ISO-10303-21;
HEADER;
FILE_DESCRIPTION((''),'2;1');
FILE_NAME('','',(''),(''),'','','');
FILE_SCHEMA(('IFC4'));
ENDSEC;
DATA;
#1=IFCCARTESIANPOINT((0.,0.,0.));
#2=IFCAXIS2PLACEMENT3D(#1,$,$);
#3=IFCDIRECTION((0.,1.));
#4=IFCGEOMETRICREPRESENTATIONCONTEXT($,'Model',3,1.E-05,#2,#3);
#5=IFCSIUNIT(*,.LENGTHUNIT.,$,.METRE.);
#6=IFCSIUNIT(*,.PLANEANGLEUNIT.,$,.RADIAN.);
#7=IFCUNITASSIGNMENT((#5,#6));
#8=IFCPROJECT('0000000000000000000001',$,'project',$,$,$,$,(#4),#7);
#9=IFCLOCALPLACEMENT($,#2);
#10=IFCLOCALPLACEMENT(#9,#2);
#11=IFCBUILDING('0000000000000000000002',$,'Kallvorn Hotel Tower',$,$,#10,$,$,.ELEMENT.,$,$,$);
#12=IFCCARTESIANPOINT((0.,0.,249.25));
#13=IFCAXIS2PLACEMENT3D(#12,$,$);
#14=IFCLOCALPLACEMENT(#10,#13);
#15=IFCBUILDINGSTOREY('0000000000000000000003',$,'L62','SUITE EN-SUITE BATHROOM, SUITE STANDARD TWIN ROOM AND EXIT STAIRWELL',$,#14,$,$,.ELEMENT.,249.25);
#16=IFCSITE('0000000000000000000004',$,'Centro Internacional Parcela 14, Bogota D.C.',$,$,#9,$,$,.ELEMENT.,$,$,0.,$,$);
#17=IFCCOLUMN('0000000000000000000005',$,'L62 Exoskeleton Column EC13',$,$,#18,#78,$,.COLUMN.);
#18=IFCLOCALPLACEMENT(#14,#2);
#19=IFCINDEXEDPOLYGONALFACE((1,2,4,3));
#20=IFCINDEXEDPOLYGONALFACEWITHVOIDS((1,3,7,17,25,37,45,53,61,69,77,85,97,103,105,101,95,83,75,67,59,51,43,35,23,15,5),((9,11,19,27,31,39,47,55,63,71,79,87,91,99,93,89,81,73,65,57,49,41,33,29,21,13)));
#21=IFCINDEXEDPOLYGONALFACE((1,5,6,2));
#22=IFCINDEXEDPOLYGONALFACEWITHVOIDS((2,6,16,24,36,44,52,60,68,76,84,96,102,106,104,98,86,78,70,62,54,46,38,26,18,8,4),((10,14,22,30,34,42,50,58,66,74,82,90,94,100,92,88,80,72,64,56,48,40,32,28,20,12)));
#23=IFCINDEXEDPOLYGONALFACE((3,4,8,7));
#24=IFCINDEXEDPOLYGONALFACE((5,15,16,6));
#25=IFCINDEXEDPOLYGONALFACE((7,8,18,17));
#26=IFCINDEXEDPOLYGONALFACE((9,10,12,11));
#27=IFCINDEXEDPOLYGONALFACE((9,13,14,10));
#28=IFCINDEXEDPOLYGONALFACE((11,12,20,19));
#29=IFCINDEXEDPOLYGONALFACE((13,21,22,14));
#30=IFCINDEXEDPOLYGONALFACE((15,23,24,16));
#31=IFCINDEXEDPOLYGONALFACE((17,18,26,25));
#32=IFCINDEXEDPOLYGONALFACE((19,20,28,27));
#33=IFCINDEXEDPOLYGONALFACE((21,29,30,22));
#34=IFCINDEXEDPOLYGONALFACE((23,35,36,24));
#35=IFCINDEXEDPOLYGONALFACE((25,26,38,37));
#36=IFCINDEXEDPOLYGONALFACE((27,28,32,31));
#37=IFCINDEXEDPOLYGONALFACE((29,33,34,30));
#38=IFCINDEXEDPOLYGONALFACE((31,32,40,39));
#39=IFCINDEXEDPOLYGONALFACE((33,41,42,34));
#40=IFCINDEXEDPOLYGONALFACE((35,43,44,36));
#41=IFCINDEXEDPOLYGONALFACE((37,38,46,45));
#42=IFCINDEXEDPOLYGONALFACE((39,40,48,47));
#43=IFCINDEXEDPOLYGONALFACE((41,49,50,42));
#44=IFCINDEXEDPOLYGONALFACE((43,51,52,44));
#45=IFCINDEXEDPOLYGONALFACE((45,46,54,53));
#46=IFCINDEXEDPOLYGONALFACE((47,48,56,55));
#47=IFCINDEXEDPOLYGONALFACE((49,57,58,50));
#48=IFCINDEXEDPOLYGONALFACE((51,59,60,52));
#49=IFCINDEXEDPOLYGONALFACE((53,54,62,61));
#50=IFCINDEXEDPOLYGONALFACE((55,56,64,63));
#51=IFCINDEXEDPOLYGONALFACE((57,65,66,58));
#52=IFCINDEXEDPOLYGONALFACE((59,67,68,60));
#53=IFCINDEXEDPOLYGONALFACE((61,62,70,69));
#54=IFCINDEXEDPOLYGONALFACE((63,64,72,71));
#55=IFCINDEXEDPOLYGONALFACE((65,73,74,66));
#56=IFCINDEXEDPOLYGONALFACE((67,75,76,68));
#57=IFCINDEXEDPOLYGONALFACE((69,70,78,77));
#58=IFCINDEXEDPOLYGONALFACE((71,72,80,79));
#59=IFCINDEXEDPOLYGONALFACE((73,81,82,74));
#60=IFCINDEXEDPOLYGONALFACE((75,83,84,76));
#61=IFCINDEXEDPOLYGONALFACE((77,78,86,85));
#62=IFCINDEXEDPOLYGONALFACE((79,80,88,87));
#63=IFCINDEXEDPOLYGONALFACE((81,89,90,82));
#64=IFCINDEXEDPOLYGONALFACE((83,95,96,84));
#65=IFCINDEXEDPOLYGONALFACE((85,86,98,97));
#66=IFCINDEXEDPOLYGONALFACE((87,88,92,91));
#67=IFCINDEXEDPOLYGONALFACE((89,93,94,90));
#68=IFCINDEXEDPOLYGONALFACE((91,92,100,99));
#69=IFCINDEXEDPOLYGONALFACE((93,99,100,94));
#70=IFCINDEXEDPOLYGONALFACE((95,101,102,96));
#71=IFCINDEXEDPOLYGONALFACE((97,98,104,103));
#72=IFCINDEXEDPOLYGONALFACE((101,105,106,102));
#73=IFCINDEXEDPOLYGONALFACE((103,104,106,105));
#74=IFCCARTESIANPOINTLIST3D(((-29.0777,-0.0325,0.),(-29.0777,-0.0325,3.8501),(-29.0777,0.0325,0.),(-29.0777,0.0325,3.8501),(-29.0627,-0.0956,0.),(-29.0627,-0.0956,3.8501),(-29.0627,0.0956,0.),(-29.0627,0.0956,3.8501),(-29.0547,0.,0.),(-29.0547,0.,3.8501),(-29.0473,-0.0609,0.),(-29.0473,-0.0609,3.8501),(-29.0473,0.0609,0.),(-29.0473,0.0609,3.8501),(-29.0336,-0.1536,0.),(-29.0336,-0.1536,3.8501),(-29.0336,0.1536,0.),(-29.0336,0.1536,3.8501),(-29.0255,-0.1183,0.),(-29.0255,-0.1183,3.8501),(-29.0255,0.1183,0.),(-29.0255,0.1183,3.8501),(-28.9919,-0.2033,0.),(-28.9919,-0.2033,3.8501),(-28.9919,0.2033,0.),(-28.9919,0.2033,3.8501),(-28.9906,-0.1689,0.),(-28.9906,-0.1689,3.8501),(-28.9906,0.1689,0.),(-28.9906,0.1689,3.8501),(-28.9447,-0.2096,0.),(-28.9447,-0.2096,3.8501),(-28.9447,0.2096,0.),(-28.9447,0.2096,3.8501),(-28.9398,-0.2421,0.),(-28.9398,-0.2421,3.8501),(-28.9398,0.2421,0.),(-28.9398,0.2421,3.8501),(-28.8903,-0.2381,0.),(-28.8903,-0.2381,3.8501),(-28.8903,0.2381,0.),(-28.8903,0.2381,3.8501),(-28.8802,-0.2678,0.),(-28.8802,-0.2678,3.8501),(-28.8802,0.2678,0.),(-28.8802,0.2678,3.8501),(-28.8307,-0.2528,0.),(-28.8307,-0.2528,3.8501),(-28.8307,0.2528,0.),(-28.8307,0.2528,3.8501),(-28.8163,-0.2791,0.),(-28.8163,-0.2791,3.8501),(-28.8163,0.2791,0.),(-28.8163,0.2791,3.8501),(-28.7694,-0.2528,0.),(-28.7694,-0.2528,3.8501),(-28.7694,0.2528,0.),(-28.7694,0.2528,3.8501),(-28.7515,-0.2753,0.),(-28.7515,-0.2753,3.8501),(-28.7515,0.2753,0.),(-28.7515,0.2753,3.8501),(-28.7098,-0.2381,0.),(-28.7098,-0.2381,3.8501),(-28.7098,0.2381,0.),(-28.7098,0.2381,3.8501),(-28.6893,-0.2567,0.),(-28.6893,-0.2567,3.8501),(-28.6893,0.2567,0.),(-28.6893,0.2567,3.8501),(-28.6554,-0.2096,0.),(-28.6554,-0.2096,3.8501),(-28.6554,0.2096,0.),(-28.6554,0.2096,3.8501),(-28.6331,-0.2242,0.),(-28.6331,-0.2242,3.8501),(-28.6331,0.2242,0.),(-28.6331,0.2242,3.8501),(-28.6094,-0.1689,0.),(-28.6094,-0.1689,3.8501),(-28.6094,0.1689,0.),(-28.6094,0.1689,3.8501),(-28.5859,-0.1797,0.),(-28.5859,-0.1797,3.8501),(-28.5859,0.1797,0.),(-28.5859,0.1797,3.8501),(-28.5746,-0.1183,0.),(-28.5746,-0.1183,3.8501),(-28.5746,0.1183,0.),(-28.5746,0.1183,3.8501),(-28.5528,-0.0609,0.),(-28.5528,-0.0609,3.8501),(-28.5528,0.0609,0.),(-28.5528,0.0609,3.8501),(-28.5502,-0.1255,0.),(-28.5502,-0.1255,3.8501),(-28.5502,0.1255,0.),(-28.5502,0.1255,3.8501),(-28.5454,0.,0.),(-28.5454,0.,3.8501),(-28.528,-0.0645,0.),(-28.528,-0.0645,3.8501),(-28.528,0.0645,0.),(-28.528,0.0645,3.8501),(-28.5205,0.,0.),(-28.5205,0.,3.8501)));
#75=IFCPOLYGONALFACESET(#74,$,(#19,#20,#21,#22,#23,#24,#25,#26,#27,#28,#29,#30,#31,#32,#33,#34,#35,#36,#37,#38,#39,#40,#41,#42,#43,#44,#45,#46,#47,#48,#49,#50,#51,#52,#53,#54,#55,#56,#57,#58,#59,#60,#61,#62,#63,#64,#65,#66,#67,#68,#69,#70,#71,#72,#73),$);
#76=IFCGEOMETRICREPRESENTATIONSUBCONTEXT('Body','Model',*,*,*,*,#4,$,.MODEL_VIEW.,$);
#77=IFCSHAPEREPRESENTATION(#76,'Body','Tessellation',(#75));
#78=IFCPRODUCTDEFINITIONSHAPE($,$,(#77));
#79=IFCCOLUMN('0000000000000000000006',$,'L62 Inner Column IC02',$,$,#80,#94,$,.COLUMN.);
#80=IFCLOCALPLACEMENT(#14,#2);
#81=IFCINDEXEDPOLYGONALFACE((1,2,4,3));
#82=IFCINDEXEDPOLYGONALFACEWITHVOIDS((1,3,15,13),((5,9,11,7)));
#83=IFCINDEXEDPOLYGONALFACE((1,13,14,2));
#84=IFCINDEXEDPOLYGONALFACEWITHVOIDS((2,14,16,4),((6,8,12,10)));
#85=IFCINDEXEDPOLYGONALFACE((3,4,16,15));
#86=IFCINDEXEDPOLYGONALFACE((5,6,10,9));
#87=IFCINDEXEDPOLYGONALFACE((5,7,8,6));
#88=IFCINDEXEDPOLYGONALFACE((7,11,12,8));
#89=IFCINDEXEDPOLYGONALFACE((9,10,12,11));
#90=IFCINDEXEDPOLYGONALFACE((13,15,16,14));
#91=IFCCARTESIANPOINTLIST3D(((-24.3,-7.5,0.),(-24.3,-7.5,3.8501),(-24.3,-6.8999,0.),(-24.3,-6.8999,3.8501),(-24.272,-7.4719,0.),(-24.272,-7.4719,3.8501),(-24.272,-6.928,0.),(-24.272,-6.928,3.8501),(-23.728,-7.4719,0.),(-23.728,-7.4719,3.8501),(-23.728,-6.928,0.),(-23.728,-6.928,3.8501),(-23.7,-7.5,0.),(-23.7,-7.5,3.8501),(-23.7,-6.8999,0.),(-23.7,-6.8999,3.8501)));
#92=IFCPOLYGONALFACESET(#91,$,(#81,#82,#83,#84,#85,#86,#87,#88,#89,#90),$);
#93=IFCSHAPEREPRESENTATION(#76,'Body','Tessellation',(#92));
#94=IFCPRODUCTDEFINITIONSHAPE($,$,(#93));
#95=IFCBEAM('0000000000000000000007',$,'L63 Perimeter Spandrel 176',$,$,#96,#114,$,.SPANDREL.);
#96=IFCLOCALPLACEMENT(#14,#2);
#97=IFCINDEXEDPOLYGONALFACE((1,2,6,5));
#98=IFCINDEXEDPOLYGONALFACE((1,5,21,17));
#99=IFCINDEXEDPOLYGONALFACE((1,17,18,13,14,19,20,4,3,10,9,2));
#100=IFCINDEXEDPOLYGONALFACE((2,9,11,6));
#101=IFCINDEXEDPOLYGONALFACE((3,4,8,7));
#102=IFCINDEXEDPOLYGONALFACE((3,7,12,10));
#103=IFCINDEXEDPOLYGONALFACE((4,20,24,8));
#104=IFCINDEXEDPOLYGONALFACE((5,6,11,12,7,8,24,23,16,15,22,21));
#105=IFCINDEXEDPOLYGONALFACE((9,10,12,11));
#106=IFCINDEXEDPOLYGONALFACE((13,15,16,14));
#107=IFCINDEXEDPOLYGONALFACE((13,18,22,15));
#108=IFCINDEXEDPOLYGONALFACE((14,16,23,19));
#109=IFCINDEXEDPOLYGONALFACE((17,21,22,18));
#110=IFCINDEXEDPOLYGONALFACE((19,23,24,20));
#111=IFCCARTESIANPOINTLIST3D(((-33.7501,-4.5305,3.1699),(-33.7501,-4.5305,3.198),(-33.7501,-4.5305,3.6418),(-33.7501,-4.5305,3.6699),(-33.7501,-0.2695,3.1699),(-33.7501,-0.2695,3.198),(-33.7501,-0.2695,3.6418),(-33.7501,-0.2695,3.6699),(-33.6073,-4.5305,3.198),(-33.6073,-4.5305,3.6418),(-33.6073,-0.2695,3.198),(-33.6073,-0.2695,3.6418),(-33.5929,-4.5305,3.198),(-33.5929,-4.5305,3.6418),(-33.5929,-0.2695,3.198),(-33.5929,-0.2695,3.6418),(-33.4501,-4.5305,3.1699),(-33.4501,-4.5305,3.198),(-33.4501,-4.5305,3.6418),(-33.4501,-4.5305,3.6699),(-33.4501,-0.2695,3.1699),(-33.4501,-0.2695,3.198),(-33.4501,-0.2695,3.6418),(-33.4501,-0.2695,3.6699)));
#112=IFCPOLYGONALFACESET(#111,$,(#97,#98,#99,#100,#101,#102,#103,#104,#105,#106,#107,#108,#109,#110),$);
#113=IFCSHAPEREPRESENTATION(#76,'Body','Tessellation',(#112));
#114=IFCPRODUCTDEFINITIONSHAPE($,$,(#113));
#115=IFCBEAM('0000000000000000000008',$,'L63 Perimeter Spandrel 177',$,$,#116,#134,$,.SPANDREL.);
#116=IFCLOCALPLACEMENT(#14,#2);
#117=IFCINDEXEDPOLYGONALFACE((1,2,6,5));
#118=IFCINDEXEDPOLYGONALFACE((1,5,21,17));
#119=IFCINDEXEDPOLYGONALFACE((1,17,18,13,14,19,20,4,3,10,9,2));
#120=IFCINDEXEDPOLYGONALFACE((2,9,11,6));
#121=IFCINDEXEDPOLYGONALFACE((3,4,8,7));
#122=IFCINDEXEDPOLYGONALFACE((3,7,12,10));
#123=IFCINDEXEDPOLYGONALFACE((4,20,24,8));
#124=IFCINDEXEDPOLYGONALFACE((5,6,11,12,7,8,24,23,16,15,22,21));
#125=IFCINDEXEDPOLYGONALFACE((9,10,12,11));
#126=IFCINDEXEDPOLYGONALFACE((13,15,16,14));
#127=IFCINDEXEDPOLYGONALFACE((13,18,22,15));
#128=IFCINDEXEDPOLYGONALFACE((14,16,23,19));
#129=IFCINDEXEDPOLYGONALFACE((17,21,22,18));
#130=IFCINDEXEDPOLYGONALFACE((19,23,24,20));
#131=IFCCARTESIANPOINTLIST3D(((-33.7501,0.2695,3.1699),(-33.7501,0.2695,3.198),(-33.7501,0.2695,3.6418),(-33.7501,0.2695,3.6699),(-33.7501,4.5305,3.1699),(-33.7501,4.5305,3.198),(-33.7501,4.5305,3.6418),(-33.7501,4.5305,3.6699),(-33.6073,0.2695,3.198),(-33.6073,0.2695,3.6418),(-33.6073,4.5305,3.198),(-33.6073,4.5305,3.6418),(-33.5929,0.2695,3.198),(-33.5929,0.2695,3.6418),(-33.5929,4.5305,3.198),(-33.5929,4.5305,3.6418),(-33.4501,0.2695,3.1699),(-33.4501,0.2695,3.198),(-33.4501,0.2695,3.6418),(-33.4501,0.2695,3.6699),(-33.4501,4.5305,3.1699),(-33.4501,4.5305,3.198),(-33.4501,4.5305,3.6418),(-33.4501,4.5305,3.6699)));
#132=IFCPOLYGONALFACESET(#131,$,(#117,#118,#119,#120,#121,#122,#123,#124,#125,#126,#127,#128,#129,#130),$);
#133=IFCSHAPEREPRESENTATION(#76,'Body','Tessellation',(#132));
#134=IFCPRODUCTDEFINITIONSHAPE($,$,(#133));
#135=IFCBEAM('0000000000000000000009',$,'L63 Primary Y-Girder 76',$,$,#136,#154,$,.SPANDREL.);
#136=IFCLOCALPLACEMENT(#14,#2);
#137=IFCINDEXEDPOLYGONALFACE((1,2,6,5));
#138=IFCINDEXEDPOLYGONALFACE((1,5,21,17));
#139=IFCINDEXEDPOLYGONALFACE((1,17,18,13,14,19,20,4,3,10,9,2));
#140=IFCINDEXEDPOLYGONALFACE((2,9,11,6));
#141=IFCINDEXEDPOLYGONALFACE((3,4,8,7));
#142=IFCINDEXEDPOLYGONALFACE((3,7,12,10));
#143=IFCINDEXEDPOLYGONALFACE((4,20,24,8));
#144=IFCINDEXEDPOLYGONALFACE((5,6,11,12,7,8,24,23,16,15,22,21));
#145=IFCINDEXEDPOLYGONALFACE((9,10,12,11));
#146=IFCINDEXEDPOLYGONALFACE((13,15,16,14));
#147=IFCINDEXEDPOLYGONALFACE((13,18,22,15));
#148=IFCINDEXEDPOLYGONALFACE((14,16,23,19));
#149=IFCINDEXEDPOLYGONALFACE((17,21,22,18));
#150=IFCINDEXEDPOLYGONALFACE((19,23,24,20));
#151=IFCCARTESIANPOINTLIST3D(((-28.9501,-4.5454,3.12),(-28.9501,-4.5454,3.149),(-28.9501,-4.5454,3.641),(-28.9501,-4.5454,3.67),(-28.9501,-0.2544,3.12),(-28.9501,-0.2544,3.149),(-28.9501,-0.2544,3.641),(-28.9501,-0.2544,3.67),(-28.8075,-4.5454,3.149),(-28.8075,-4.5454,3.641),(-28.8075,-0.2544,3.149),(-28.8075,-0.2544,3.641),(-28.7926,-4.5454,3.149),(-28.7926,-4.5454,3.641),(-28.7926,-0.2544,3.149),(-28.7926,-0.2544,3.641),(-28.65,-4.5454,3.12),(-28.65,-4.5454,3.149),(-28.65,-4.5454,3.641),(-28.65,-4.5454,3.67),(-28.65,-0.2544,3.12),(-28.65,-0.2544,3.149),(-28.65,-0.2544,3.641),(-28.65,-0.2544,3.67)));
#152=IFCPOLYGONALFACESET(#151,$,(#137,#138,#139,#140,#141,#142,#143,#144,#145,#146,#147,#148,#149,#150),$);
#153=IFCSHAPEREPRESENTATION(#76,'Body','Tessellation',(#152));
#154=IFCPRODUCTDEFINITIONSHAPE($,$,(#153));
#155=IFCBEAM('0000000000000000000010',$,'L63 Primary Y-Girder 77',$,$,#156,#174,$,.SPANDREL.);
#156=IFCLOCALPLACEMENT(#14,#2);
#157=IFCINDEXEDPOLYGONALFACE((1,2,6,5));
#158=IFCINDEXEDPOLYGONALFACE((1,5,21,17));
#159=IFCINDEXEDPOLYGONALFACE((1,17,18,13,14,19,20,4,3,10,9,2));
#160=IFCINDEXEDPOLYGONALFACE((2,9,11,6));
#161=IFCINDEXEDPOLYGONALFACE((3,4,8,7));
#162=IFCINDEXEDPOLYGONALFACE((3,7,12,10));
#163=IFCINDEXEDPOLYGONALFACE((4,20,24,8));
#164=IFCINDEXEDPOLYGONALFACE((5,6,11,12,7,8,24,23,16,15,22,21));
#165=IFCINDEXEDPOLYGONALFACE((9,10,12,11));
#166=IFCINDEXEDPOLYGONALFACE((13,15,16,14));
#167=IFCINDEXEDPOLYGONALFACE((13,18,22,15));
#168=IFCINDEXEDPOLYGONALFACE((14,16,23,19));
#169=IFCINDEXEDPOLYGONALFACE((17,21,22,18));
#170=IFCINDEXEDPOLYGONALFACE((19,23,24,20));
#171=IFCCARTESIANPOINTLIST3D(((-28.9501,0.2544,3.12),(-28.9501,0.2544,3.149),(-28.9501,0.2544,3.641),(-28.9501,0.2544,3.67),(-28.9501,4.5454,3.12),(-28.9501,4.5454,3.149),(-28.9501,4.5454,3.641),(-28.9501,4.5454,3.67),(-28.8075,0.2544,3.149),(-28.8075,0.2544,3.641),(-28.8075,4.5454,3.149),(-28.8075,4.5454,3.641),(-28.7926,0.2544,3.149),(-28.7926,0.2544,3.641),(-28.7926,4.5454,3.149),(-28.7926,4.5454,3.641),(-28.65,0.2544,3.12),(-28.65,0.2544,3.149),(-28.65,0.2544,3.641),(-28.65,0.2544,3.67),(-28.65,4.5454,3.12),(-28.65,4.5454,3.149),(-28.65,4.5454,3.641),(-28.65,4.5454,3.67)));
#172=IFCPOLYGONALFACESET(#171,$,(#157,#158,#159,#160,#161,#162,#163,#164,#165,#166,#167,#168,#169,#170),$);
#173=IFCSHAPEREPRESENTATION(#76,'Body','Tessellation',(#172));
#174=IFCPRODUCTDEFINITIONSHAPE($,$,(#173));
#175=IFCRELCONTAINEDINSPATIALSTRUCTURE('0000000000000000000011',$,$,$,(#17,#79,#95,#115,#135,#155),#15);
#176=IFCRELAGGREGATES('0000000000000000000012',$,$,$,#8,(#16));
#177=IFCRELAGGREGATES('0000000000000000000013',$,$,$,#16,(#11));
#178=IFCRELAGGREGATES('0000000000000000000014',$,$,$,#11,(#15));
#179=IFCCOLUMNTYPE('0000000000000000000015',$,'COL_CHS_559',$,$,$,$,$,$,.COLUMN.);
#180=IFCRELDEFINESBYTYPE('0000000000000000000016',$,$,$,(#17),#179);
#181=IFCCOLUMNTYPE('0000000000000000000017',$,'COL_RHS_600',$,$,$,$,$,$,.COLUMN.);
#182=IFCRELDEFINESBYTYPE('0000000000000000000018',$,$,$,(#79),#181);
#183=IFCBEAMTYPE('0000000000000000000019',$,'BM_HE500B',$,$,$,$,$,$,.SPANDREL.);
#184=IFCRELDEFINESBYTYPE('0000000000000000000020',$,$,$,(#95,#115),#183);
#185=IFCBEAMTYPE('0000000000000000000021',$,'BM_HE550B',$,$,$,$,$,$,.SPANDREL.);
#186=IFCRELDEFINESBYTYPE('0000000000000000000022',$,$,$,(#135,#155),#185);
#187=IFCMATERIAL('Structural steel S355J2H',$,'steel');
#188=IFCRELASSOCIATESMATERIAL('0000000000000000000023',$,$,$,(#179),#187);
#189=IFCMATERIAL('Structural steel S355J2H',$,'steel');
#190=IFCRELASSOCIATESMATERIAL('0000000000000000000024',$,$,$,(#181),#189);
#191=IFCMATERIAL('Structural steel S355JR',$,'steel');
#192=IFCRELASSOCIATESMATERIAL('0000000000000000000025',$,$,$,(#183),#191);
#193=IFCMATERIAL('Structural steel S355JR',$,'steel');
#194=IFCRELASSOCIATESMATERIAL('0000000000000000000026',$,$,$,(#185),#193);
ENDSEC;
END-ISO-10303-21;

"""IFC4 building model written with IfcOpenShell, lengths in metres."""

from ifc_helpers import new_model, si_unit, direction, frame, origin, origin_2d, place, context, subcontext, project, spatial, hollow_rectangle, hollow_circle, i_section, extrude, material, material_profile, profile_set, type_object, element, save


model = new_model("IFC4")

# Units and contexts
model_context = context("Model", 3, precision=1e-05, world=origin(), true_north=direction((0.0, 1.0)))
body_context = subcontext(model_context, "Body", "Model", "MODEL_VIEW")
ifc_project = project(units=[si_unit("LENGTHUNIT", "METRE"), si_unit("PLANEANGLEUNIT", "RADIAN")], contexts=[model_context])

# Site, building, storey
site_placement = place(None, origin())
site = spatial("IfcSite", under=ifc_project, at=site_placement, Name="Centro Internacional Parcela 14, Bogota D.C.", CompositionType="ELEMENT", RefElevation=0.0)
building_placement = place(site_placement, origin())
building = spatial("IfcBuilding", under=site, at=building_placement, Name="Kallvorn Hotel Tower", CompositionType="ELEMENT")
storey_placement = place(building_placement, frame((0.0, 0.0, 249.25)))
storey = spatial("IfcBuildingStorey", under=building, at=storey_placement, Name="L62", Description="SUITE EN-SUITE BATHROOM, SUITE STANDARD TWIN ROOM AND EXIT STAIRWELL", CompositionType="ELEMENT", Elevation=249.25)

# Columns
ifc_material_1 = material(Name="Structural steel S355J2H", Category="steel")
ifc_material_profile_1 = material_profile(ifc_material_1, hollow_circle(Radius=0.2795, WallThickness=0.0249, at=origin_2d()), Name="CHS 559x25")
ifc_profile_set_1 = profile_set([ifc_material_profile_1], Name="Structural steel S355J2H")
column_type_1 = type_object("IfcColumnType", Name="COL_CHS_559", PredefinedType="COLUMN", material=ifc_profile_set_1)
for number, where, z_axis, x_axis, name in (
    (1, (-28.8, 0.0, 0.0), (0.0, 0.0, 1.0), (1.0, 0.0, 0.0), "L62 Exoskeleton Column EC13"),
):
    element("IfcColumn", number, at=place(storey_placement, frame(where, z_axis=z_axis, x_axis=x_axis)), inside=storey, type_object=column_type_1, Name=name, PredefinedType="COLUMN", context=body_context, shape_type="SweptSolid", body=[
        extrude(hollow_circle(Radius=0.2795, WallThickness=0.0249, at=origin_2d()), origin(), (0.0, 0.0, 1.0), 3.8501),
    ])
ifc_material_2 = material(Name="Structural steel S355J2H", Category="steel")
ifc_material_profile_2 = material_profile(ifc_material_2, hollow_rectangle(XDim=0.6001, YDim=0.6001, WallThickness=0.0281, at=origin_2d()), Name="RHS 600x600x28")
ifc_profile_set_2 = profile_set([ifc_material_profile_2], Name="Structural steel S355J2H")
column_type_2 = type_object("IfcColumnType", Name="COL_RHS_600", PredefinedType="COLUMN", material=ifc_profile_set_2)
column_placement = place(storey_placement, frame((-24.0, -7.2, 0.0), z_axis=(0.0, 0.0, 1.0), x_axis=(1.0, 0.0, 0.0)))
element("IfcColumn", 2, at=column_placement, inside=storey, type_object=column_type_2, Name="L62 Inner Column IC02", PredefinedType="COLUMN", context=body_context, shape_type="SweptSolid", body=[
    extrude(hollow_rectangle(XDim=0.6001, YDim=0.6001, WallThickness=0.0281, at=origin_2d()), origin(), (0.0, 0.0, 1.0), 3.8501),
])

# Beams
ifc_material_3 = material(Name="Structural steel S355JR", Category="steel")
ifc_material_profile_3 = material_profile(ifc_material_3, i_section(OverallWidth=0.3, OverallDepth=0.5, WebThickness=0.0144, FlangeThickness=0.0281, at=origin_2d()), Name="HE 500 B")
ifc_profile_set_3 = profile_set([ifc_material_profile_3], Name="Structural steel S355JR")
beam_type_1 = type_object("IfcBeamType", Name="BM_HE500B", PredefinedType="SPANDREL", material=ifc_profile_set_3)
for number, where, z_axis, x_axis, name in (
    (3, (-33.6001, -4.5305, 3.4199), (0.0, 1.0, 0.0), (-1.0, 0.0, 0.0), "L63 Perimeter Spandrel 176"),
    (4, (-33.6001, 0.2695, 3.4199), (0.0, 1.0, 0.0), (-1.0, 0.0, 0.0), "L63 Perimeter Spandrel 177"),
):
    element("IfcBeam", number, at=place(storey_placement, frame(where, z_axis=z_axis, x_axis=x_axis)), inside=storey, type_object=beam_type_1, Name=name, PredefinedType="SPANDREL", context=body_context, shape_type="SweptSolid", body=[
        extrude(i_section(OverallWidth=0.3, OverallDepth=0.5, WebThickness=0.0144, FlangeThickness=0.0281, at=origin_2d()), origin(), (0.0, 0.0, 1.0), 4.261),
    ])
ifc_material_4 = material(Name="Structural steel S355JR", Category="steel")
ifc_material_profile_4 = material_profile(ifc_material_4, i_section(OverallWidth=0.3, OverallDepth=0.55, WebThickness=0.0149, FlangeThickness=0.0291, at=origin_2d()), Name="HE 550 B")
ifc_profile_set_4 = profile_set([ifc_material_profile_4], Name="Structural steel S355JR")
beam_type_2 = type_object("IfcBeamType", Name="BM_HE550B", PredefinedType="SPANDREL", material=ifc_profile_set_4)
for number, where, z_axis, x_axis, name in (
    (5, (-28.8, -4.5454, 3.395), (0.0, 1.0, 0.0), (-1.0, 0.0, 0.0), "L63 Primary Y-Girder 76"),
    (6, (-28.8, 0.2544, 3.395), (0.0, 1.0, 0.0), (-1.0, 0.0, 0.0), "L63 Primary Y-Girder 77"),
):
    element("IfcBeam", number, at=place(storey_placement, frame(where, z_axis=z_axis, x_axis=x_axis)), inside=storey, type_object=beam_type_2, Name=name, PredefinedType="SPANDREL", context=body_context, shape_type="SweptSolid", body=[
        extrude(i_section(OverallWidth=0.3, OverallDepth=0.55, WebThickness=0.0149, FlangeThickness=0.0291, at=origin_2d()), origin(), (0.0, 0.0, 1.0), 4.291),
    ])

save(model, "model.ifc")
